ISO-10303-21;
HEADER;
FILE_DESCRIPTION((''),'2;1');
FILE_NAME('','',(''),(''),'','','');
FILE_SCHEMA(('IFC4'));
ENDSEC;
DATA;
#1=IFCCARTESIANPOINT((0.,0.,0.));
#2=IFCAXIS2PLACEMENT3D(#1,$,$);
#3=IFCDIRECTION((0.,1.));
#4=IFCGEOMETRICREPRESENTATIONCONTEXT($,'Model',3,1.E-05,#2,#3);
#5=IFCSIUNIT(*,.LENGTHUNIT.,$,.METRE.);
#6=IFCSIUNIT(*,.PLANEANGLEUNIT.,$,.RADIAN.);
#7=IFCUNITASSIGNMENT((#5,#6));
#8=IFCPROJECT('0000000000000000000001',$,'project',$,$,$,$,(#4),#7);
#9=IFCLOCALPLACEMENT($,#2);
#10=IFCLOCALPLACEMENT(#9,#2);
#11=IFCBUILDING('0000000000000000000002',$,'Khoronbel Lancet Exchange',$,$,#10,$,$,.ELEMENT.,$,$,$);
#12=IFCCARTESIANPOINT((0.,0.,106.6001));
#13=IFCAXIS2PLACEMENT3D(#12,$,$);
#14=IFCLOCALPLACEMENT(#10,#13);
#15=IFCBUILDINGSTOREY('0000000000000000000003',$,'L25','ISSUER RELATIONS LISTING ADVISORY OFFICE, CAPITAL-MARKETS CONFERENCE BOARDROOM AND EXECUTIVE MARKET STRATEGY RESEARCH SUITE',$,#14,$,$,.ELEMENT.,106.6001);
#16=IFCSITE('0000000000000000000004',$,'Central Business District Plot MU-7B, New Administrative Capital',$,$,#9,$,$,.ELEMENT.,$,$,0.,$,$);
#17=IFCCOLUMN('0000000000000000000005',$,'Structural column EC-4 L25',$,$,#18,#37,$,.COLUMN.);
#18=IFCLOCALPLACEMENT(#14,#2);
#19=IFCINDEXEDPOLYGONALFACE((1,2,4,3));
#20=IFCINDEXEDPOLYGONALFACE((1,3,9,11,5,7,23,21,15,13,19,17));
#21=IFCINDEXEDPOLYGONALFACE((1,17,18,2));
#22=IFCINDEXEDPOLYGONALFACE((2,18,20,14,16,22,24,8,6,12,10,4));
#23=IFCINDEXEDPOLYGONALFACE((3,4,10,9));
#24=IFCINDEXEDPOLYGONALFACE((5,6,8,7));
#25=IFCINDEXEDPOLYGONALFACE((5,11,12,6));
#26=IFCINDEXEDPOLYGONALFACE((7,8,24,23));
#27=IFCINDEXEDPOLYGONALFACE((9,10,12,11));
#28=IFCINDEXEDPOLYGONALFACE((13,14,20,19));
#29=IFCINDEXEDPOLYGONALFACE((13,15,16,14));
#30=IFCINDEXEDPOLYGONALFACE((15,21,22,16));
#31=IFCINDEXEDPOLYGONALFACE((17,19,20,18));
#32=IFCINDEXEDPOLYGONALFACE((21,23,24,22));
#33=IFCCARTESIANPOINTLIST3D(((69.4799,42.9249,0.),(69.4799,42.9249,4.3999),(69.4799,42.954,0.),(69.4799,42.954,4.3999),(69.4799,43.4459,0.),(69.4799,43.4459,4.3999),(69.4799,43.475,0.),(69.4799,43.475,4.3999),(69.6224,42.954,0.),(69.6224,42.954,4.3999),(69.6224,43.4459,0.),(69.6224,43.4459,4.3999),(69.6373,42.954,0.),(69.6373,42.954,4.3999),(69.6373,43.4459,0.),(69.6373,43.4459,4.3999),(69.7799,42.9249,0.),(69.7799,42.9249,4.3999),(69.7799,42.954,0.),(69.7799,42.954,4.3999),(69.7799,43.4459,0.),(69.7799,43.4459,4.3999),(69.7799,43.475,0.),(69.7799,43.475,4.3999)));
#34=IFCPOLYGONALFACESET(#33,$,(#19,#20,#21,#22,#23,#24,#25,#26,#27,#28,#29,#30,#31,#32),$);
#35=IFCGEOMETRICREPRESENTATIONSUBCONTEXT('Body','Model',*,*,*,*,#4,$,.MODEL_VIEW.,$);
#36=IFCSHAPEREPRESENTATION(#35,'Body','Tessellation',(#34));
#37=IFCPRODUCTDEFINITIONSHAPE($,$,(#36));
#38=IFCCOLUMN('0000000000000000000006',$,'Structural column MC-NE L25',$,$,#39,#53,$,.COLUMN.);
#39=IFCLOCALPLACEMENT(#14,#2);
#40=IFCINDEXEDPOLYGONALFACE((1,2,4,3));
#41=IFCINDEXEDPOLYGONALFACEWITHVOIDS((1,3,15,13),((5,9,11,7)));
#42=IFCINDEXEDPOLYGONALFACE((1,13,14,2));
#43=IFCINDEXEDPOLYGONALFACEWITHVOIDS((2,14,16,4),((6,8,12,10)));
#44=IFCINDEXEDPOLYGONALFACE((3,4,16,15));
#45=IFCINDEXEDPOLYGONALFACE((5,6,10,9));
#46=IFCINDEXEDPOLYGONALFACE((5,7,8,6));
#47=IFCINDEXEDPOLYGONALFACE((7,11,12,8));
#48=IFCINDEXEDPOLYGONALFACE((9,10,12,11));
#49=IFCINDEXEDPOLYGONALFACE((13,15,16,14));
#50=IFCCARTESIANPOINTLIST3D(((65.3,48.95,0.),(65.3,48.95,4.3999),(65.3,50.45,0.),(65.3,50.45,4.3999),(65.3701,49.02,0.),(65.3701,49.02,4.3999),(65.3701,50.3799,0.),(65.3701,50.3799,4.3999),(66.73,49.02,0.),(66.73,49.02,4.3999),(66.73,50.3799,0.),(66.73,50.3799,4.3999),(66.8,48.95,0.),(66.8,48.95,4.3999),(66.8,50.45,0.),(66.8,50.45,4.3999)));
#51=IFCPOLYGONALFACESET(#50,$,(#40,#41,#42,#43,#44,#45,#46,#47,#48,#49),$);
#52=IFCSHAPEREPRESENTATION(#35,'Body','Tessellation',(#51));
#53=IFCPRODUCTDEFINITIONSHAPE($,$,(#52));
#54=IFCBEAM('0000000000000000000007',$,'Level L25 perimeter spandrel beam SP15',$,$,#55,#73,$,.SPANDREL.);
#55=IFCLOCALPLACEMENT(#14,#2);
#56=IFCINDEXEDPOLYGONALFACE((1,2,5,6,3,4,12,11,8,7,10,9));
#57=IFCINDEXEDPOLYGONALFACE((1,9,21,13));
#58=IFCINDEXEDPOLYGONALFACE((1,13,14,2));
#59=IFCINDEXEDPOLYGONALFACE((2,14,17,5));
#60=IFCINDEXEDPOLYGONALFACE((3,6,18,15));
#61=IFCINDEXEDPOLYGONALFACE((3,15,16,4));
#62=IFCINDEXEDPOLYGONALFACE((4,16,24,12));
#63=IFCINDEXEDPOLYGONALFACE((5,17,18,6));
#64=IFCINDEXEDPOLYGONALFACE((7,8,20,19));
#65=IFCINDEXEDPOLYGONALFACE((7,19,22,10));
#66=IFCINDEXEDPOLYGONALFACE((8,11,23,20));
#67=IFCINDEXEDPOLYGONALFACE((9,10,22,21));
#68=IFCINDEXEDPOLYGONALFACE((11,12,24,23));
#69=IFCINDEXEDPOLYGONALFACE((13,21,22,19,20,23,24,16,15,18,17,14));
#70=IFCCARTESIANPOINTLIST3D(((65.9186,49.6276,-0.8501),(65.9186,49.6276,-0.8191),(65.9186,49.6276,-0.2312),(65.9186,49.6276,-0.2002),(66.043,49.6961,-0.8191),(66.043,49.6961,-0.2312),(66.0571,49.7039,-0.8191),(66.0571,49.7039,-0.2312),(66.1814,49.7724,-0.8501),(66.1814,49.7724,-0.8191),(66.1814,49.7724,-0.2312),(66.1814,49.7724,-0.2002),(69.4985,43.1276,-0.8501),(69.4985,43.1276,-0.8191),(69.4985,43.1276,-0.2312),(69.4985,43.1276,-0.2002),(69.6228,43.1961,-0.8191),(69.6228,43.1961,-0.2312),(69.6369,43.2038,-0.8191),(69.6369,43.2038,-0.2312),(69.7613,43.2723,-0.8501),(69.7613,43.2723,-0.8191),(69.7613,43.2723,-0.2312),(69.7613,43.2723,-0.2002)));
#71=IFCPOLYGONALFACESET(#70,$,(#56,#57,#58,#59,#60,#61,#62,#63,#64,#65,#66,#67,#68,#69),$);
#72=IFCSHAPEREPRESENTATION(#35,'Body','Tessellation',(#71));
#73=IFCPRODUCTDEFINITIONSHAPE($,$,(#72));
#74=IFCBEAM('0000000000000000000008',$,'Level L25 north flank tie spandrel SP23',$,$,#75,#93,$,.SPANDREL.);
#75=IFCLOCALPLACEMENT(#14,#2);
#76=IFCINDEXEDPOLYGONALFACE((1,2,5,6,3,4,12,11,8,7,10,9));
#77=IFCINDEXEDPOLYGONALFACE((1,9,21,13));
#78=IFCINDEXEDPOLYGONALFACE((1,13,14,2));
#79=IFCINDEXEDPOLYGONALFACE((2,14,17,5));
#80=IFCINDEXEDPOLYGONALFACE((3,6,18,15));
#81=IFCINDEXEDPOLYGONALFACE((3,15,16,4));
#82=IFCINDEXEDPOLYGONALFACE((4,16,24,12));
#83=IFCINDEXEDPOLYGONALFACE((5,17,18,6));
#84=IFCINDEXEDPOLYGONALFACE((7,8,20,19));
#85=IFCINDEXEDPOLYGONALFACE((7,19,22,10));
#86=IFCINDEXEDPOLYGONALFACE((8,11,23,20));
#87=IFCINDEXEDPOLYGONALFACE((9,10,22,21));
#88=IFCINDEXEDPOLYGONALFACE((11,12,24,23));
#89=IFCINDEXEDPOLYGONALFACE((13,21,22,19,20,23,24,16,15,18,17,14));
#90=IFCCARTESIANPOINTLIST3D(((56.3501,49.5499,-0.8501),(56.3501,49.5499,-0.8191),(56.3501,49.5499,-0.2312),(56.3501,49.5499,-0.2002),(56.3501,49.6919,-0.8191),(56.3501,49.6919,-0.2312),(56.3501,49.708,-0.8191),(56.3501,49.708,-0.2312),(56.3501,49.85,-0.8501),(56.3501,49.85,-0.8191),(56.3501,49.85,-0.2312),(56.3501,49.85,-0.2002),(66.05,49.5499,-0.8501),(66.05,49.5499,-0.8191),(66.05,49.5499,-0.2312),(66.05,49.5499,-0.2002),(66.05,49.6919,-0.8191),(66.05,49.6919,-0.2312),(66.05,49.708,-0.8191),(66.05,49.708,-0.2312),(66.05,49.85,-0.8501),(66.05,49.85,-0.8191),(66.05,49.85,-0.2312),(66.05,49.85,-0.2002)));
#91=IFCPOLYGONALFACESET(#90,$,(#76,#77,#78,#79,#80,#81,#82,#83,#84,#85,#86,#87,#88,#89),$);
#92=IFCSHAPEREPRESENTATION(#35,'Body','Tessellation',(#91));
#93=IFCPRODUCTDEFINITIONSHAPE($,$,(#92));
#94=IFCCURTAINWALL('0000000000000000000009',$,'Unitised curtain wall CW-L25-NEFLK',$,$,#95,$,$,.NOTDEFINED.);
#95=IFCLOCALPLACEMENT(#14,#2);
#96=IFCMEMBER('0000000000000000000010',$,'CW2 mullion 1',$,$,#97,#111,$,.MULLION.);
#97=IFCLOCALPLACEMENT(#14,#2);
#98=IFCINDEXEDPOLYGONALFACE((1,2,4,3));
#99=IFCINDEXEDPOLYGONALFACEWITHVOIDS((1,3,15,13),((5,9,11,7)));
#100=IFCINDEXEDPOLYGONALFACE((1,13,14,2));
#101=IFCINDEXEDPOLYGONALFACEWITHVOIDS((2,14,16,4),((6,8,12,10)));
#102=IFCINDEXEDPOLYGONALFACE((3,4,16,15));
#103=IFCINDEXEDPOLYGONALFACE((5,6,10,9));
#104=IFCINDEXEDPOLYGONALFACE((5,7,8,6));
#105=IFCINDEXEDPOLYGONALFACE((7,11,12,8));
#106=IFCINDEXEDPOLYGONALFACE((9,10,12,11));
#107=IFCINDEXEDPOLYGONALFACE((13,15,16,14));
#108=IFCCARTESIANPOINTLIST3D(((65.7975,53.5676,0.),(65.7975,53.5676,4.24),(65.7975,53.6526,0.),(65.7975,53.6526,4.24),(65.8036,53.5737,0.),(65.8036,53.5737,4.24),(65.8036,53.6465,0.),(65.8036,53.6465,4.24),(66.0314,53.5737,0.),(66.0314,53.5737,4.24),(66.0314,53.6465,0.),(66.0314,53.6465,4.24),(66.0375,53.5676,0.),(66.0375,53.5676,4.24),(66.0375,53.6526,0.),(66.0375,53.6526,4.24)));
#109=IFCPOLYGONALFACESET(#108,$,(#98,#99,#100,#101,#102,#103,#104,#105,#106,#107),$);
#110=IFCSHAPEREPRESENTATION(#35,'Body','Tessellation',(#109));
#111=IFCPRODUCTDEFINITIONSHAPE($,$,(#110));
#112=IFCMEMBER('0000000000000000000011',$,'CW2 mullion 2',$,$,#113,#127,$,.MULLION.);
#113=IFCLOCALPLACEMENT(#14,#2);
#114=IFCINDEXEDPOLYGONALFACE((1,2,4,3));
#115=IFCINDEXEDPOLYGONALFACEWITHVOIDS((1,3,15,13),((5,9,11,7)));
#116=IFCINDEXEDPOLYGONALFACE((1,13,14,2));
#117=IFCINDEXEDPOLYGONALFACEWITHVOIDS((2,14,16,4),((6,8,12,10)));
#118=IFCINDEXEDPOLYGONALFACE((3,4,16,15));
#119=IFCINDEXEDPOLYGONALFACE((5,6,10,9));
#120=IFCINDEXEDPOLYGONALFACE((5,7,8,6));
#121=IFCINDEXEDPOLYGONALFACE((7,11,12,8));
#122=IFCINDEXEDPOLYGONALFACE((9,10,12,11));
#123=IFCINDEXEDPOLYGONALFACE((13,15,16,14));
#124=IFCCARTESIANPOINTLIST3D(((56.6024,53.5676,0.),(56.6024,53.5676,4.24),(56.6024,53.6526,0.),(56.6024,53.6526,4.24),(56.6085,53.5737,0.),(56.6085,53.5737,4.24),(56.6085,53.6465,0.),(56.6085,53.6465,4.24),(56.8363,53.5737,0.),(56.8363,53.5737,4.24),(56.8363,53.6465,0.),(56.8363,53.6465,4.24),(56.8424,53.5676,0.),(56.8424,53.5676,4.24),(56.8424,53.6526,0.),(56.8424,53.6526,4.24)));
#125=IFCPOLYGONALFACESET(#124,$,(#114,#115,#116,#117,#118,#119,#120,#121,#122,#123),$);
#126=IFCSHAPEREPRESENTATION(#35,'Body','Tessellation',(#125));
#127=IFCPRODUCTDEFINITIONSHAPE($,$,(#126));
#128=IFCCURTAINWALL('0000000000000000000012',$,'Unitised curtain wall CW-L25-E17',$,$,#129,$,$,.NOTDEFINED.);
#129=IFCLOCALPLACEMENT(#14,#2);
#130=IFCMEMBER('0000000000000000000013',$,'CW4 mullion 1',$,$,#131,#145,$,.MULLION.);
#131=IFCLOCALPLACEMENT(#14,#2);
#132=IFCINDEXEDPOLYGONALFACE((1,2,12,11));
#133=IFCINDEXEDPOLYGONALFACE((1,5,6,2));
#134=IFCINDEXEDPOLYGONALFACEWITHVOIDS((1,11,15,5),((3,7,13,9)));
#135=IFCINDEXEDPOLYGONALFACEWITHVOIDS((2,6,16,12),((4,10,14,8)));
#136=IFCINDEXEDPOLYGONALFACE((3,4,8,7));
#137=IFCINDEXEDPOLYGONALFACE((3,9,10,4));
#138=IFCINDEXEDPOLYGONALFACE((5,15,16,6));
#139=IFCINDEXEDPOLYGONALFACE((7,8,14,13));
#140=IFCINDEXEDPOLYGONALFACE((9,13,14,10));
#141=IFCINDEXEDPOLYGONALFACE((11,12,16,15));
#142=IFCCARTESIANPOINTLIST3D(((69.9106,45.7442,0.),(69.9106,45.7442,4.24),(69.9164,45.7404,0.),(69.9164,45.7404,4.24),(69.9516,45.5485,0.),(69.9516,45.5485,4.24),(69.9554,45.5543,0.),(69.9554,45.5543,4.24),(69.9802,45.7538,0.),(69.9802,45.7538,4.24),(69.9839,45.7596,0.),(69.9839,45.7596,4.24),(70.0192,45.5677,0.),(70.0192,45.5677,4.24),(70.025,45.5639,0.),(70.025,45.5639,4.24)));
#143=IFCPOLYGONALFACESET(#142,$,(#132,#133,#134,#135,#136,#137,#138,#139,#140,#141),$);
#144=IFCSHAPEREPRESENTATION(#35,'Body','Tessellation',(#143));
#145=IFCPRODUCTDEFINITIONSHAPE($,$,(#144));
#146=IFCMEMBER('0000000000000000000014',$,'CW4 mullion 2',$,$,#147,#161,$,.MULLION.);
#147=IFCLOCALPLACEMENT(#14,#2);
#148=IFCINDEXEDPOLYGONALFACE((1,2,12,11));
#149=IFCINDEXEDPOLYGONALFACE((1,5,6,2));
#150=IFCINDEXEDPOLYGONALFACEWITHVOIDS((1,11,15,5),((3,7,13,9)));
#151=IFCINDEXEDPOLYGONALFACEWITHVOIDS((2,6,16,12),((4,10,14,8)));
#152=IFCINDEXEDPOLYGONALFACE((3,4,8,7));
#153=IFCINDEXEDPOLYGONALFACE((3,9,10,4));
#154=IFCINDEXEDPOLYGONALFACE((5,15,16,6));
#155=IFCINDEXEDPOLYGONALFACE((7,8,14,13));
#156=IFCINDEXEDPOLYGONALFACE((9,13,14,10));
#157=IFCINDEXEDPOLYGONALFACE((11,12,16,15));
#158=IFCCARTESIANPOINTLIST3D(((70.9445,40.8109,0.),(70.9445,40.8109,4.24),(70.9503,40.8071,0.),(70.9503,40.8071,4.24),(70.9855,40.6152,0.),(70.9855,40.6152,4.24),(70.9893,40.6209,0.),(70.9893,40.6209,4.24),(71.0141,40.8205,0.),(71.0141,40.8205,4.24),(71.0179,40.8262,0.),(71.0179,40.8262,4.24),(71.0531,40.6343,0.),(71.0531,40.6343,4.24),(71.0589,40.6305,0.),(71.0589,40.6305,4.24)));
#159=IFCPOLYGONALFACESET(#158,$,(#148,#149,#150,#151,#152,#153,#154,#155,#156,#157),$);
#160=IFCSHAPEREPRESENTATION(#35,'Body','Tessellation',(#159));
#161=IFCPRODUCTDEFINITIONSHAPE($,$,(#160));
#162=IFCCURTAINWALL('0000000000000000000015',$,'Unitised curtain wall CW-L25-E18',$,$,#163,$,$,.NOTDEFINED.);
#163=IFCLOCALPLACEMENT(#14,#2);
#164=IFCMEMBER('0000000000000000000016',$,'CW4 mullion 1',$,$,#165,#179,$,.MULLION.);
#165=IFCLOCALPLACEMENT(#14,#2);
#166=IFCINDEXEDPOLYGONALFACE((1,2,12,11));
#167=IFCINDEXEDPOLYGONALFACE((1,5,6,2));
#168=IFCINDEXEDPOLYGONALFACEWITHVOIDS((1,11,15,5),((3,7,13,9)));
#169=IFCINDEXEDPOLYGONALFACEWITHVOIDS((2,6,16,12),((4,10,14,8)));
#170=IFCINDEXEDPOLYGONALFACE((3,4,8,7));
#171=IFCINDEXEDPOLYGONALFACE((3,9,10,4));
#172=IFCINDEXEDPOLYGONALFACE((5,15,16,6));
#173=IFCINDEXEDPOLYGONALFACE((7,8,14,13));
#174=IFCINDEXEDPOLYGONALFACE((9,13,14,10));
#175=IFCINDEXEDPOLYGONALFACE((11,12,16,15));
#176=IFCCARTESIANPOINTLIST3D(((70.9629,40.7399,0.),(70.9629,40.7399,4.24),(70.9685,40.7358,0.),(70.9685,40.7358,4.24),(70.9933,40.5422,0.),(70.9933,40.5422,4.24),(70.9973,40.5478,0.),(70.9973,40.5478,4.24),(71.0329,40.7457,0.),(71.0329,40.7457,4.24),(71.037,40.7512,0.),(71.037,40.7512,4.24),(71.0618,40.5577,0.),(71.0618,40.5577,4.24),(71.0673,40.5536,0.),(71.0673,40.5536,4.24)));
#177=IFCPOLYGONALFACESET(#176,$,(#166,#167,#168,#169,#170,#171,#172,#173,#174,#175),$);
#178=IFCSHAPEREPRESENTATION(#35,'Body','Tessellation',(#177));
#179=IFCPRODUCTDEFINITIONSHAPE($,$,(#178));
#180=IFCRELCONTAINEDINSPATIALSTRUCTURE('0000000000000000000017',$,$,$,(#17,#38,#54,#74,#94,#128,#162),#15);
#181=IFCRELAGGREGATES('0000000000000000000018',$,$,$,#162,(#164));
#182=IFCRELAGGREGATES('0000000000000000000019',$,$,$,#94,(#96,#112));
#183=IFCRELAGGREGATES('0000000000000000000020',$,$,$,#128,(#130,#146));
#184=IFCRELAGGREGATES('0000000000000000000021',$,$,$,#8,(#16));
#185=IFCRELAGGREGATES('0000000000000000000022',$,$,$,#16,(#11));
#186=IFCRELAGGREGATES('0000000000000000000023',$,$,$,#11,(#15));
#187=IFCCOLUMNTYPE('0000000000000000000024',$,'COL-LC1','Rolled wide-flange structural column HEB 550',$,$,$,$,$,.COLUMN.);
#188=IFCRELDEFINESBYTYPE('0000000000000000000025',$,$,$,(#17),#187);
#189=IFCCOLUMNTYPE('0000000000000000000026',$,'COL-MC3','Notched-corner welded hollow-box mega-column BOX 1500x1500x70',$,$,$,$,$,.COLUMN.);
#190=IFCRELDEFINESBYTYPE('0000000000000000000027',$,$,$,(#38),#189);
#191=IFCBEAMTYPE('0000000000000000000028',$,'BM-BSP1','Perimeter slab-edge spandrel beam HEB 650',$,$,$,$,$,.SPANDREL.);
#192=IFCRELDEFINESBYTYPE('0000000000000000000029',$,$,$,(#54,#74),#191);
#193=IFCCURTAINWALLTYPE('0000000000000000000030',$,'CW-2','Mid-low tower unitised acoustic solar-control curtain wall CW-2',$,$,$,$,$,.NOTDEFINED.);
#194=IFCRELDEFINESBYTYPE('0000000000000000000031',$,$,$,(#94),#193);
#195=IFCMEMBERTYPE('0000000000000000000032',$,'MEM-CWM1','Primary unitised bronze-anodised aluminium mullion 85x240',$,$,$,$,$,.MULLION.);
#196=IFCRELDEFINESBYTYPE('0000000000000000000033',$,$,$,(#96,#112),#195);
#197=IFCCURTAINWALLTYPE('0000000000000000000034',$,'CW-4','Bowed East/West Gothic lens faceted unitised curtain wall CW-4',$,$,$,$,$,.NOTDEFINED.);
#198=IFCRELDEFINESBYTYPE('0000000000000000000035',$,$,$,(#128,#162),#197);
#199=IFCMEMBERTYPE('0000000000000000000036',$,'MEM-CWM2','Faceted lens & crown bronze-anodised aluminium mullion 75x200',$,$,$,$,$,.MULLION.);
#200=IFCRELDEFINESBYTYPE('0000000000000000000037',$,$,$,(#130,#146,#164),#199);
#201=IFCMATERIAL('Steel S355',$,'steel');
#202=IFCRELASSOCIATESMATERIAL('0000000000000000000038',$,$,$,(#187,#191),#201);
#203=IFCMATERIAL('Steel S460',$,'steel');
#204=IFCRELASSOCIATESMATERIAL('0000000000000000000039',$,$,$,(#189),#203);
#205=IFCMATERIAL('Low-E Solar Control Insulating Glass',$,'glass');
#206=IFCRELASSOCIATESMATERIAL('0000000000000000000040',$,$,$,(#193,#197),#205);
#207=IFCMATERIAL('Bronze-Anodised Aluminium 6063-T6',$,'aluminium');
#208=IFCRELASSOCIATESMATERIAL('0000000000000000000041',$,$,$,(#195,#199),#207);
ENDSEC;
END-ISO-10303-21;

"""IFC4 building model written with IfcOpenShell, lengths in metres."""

from ifc_helpers import new_model, si_unit, direction, frame, origin, origin_2d, place, context, subcontext, project, spatial, hollow_rectangle, i_section, extrude, material, material_profile, profile_set, type_object, element, aggregate, save


model = new_model("IFC4")

# Units and contexts
model_context = context("Model", 3, precision=1e-05, world=origin(), true_north=direction((0.0, 1.0)))
body_context = subcontext(model_context, "Body", "Model", "MODEL_VIEW")
ifc_project = project(units=[si_unit("LENGTHUNIT", "METRE"), si_unit("PLANEANGLEUNIT", "RADIAN")], contexts=[model_context])

# Site, building, storey
site_placement = place(None, origin())
site = spatial("IfcSite", under=ifc_project, at=site_placement, Name="Central Business District Plot MU-7B, New Administrative Capital", CompositionType="ELEMENT", RefElevation=0.0)
building_placement = place(site_placement, origin())
building = spatial("IfcBuilding", under=site, at=building_placement, Name="Khoronbel Lancet Exchange", CompositionType="ELEMENT")
storey_placement = place(building_placement, frame((0.0, 0.0, 106.6001)))
storey = spatial("IfcBuildingStorey", under=building, at=storey_placement, Name="L25", Description="ISSUER RELATIONS LISTING ADVISORY OFFICE, CAPITAL-MARKETS CONFERENCE BOARDROOM AND EXECUTIVE MARKET STRATEGY RESEARCH SUITE", CompositionType="ELEMENT", Elevation=106.6001)

# Columns
ifc_material_1 = material(Name="Steel S355", Category="steel")
ifc_material_profile_1 = material_profile(ifc_material_1, i_section(OverallWidth=0.3, OverallDepth=0.55, WebThickness=0.0149, FlangeThickness=0.0291, at=origin_2d()), Name="HEB 550")
ifc_profile_set_1 = profile_set([ifc_material_profile_1], Name="Steel S355")
column_type_1 = type_object("IfcColumnType", Name="COL-LC1", Description="Rolled wide-flange structural column HEB 550", PredefinedType="COLUMN", material=ifc_profile_set_1)
column_1_placement = place(storey_placement, frame((69.6299, 43.2, 0.0), z_axis=(0.0, 0.0, 1.0), x_axis=(1.0, 0.0, 0.0)))
element("IfcColumn", 1, at=column_1_placement, inside=storey, type_object=column_type_1, Name="Structural column EC-4 L25", PredefinedType="COLUMN", context=body_context, shape_type="SweptSolid", body=[
    extrude(i_section(OverallWidth=0.3, OverallDepth=0.55, WebThickness=0.0149, FlangeThickness=0.0291, at=origin_2d()), origin(), (0.0, 0.0, 1.0), 4.3999),
])
ifc_material_2 = material(Name="Steel S460", Category="steel")
ifc_material_profile_2 = material_profile(ifc_material_2, hollow_rectangle(XDim=1.5, YDim=1.5, WallThickness=0.0701, at=origin_2d()), Name="BOX 1500x1500x70")
ifc_profile_set_2 = profile_set([ifc_material_profile_2], Name="Steel S460")
column_type_2 = type_object("IfcColumnType", Name="COL-MC3", Description="Notched-corner welded hollow-box mega-column BOX 1500x1500x70", PredefinedType="COLUMN", material=ifc_profile_set_2)
column_2_placement = place(storey_placement, frame((66.05, 49.7, 0.0), z_axis=(0.0, 0.0, 1.0), x_axis=(1.0, 0.0, 0.0)))
element("IfcColumn", 2, at=column_2_placement, inside=storey, type_object=column_type_2, Name="Structural column MC-NE L25", PredefinedType="COLUMN", context=body_context, shape_type="SweptSolid", body=[
    extrude(hollow_rectangle(XDim=1.5, YDim=1.5, WallThickness=0.0701, at=origin_2d()), origin(), (0.0, 0.0, 1.0), 4.3999),
])

# Beams
ifc_material_profile_3 = material_profile(ifc_material_1, i_section(OverallWidth=0.3, OverallDepth=0.6499, WebThickness=0.0161, FlangeThickness=0.031, at=origin_2d()), Name="HEB 650")
ifc_profile_set_3 = profile_set([ifc_material_profile_3], Name="Steel S355")
beam_type = type_object("IfcBeamType", Name="BM-BSP1", Description="Perimeter slab-edge spandrel beam HEB 650", PredefinedType="SPANDREL", material=ifc_profile_set_3)
beam_1_placement = place(storey_placement, frame((69.6299, 43.2, -0.5251), z_axis=(-0.482419, 0.875941, 0.0), x_axis=(-0.875941, -0.482419, 0.0)))
element("IfcBeam", 3, at=beam_1_placement, inside=storey, type_object=beam_type, Name="Level L25 perimeter spandrel beam SP15", PredefinedType="SPANDREL", context=body_context, shape_type="SweptSolid", body=[
    extrude(i_section(OverallWidth=0.3, OverallDepth=0.6499, WebThickness=0.0161, FlangeThickness=0.031, at=origin_2d()), origin(), (0.0, 0.0, 1.0), 7.4207),
])
beam_2_placement = place(storey_placement, frame((66.05, 49.7, -0.5251), z_axis=(-1.0, 0.0, 0.0), x_axis=(0.0, -1.0, 0.0)))
element("IfcBeam", 4, at=beam_2_placement, inside=storey, type_object=beam_type, Name="Level L25 north flank tie spandrel SP23", PredefinedType="SPANDREL", context=body_context, shape_type="SweptSolid", body=[
    extrude(i_section(OverallWidth=0.3, OverallDepth=0.6499, WebThickness=0.0161, FlangeThickness=0.031, at=origin_2d()), origin(), (0.0, 0.0, 1.0), 9.7),
])

# Curtain walls, members
ifc_material_3 = material(Name="Low-E Solar Control Insulating Glass", Category="glass")
curtain_wall_type_1 = type_object("IfcCurtainWallType", Name="CW-2", Description="Mid-low tower unitised acoustic solar-control curtain wall CW-2", PredefinedType="NOTDEFINED", material=ifc_material_3)
curtain_wall_1_placement = place(storey_placement, origin())
curtain_wall_1 = element("IfcCurtainWall", 5, at=curtain_wall_1_placement, inside=storey, type_object=curtain_wall_type_1, Name="Unitised curtain wall CW-L25-NEFLK", PredefinedType="NOTDEFINED")
ifc_material_4 = material(Name="Bronze-Anodised Aluminium 6063-T6", Category="aluminium")
ifc_material_profile_4 = material_profile(ifc_material_4, hollow_rectangle(XDim=0.085, YDim=0.24, WallThickness=0.0061, at=origin_2d()), Name="ALU MULLION 85x240")
ifc_profile_set_4 = profile_set([ifc_material_profile_4], Name="Bronze-Anodised Aluminium 6063-T6")
member_type_1 = type_object("IfcMemberType", Name="MEM-CWM1", Description="Primary unitised bronze-anodised aluminium mullion 85x240", PredefinedType="MULLION", material=ifc_profile_set_4)
member_1_placement = place(storey_placement, frame((65.9175, 53.6101, 0.0), z_axis=(0.0, 0.0, 1.0), x_axis=(0.0, -1.0, 0.0)))
member_1 = element("IfcMember", 6, at=member_1_placement, type_object=member_type_1, Name="CW2 mullion 1", PredefinedType="MULLION", context=body_context, shape_type="SweptSolid", body=[
    extrude(hollow_rectangle(XDim=0.085, YDim=0.24, WallThickness=0.0061, at=origin_2d()), origin(), (0.0, 0.0, 1.0), 4.24),
])
member_2_placement = place(storey_placement, frame((56.7224, 53.6101, 0.0), z_axis=(0.0, 0.0, 1.0), x_axis=(0.0, -1.0, 0.0)))
member_2 = element("IfcMember", 7, at=member_2_placement, type_object=member_type_1, Name="CW2 mullion 2", PredefinedType="MULLION", context=body_context, shape_type="SweptSolid", body=[
    extrude(hollow_rectangle(XDim=0.085, YDim=0.24, WallThickness=0.0061, at=origin_2d()), origin(), (0.0, 0.0, 1.0), 4.24),
])
curtain_wall_type_2 = type_object("IfcCurtainWallType", Name="CW-4", Description="Bowed East/West Gothic lens faceted unitised curtain wall CW-4", PredefinedType="NOTDEFINED", material=ifc_material_3)
curtain_wall_2_placement = place(storey_placement, origin())
curtain_wall_2 = element("IfcCurtainWall", 8, at=curtain_wall_2_placement, inside=storey, type_object=curtain_wall_type_2, Name="Unitised curtain wall CW-L25-E17", PredefinedType="NOTDEFINED")
ifc_material_profile_5 = material_profile(ifc_material_4, hollow_rectangle(XDim=0.075, YDim=0.2, WallThickness=0.0049, at=origin_2d()), Name="ALU MULLION 75x200")
ifc_profile_set_5 = profile_set([ifc_material_profile_5], Name="Bronze-Anodised Aluminium 6063-T6")
member_type_2 = type_object("IfcMemberType", Name="MEM-CWM2", Description="Faceted lens & crown bronze-anodised aluminium mullion 75x200", PredefinedType="MULLION", material=ifc_profile_set_5)
member_3_placement = place(storey_placement, frame((69.9678, 45.6541, 0.0), z_axis=(0.0, 0.0, 1.0), x_axis=(0.978729, 0.205156, 0.0)))
member_3 = element("IfcMember", 9, at=member_3_placement, type_object=member_type_2, Name="CW4 mullion 1", PredefinedType="MULLION", context=body_context, shape_type="SweptSolid", body=[
    extrude(hollow_rectangle(XDim=0.075, YDim=0.2, WallThickness=0.0049, at=origin_2d()), origin(), (0.0, 0.0, 1.0), 4.24),
])
member_4_placement = place(storey_placement, frame((71.0017, 40.7207, 0.0), z_axis=(0.0, 0.0, 1.0), x_axis=(0.978729, 0.205156, 0.0)))
member_4 = element("IfcMember", 10, at=member_4_placement, type_object=member_type_2, Name="CW4 mullion 2", PredefinedType="MULLION", context=body_context, shape_type="SweptSolid", body=[
    extrude(hollow_rectangle(XDim=0.075, YDim=0.2, WallThickness=0.0049, at=origin_2d()), origin(), (0.0, 0.0, 1.0), 4.24),
])

# Curtain wall, member
curtain_wall_3_placement = place(storey_placement, origin())
curtain_wall_3 = element("IfcCurtainWall", 11, at=curtain_wall_3_placement, inside=storey, type_object=curtain_wall_type_2, Name="Unitised curtain wall CW-L25-E18", PredefinedType="NOTDEFINED")
member_5_placement = place(storey_placement, frame((71.0151, 40.6467, 0.0), z_axis=(0.0, 0.0, 1.0), x_axis=(0.988428, 0.15169, 0.0)))
member_5 = element("IfcMember", 12, at=member_5_placement, type_object=member_type_2, Name="CW4 mullion 1", PredefinedType="MULLION", context=body_context, shape_type="SweptSolid", body=[
    extrude(hollow_rectangle(XDim=0.075, YDim=0.2, WallThickness=0.0049, at=origin_2d()), origin(), (0.0, 0.0, 1.0), 4.24),
])

aggregate(curtain_wall_3, [member_5])
aggregate(curtain_wall_1, [member_1, member_2])
aggregate(curtain_wall_2, [member_3, member_4])

save(model, "model.ifc")
